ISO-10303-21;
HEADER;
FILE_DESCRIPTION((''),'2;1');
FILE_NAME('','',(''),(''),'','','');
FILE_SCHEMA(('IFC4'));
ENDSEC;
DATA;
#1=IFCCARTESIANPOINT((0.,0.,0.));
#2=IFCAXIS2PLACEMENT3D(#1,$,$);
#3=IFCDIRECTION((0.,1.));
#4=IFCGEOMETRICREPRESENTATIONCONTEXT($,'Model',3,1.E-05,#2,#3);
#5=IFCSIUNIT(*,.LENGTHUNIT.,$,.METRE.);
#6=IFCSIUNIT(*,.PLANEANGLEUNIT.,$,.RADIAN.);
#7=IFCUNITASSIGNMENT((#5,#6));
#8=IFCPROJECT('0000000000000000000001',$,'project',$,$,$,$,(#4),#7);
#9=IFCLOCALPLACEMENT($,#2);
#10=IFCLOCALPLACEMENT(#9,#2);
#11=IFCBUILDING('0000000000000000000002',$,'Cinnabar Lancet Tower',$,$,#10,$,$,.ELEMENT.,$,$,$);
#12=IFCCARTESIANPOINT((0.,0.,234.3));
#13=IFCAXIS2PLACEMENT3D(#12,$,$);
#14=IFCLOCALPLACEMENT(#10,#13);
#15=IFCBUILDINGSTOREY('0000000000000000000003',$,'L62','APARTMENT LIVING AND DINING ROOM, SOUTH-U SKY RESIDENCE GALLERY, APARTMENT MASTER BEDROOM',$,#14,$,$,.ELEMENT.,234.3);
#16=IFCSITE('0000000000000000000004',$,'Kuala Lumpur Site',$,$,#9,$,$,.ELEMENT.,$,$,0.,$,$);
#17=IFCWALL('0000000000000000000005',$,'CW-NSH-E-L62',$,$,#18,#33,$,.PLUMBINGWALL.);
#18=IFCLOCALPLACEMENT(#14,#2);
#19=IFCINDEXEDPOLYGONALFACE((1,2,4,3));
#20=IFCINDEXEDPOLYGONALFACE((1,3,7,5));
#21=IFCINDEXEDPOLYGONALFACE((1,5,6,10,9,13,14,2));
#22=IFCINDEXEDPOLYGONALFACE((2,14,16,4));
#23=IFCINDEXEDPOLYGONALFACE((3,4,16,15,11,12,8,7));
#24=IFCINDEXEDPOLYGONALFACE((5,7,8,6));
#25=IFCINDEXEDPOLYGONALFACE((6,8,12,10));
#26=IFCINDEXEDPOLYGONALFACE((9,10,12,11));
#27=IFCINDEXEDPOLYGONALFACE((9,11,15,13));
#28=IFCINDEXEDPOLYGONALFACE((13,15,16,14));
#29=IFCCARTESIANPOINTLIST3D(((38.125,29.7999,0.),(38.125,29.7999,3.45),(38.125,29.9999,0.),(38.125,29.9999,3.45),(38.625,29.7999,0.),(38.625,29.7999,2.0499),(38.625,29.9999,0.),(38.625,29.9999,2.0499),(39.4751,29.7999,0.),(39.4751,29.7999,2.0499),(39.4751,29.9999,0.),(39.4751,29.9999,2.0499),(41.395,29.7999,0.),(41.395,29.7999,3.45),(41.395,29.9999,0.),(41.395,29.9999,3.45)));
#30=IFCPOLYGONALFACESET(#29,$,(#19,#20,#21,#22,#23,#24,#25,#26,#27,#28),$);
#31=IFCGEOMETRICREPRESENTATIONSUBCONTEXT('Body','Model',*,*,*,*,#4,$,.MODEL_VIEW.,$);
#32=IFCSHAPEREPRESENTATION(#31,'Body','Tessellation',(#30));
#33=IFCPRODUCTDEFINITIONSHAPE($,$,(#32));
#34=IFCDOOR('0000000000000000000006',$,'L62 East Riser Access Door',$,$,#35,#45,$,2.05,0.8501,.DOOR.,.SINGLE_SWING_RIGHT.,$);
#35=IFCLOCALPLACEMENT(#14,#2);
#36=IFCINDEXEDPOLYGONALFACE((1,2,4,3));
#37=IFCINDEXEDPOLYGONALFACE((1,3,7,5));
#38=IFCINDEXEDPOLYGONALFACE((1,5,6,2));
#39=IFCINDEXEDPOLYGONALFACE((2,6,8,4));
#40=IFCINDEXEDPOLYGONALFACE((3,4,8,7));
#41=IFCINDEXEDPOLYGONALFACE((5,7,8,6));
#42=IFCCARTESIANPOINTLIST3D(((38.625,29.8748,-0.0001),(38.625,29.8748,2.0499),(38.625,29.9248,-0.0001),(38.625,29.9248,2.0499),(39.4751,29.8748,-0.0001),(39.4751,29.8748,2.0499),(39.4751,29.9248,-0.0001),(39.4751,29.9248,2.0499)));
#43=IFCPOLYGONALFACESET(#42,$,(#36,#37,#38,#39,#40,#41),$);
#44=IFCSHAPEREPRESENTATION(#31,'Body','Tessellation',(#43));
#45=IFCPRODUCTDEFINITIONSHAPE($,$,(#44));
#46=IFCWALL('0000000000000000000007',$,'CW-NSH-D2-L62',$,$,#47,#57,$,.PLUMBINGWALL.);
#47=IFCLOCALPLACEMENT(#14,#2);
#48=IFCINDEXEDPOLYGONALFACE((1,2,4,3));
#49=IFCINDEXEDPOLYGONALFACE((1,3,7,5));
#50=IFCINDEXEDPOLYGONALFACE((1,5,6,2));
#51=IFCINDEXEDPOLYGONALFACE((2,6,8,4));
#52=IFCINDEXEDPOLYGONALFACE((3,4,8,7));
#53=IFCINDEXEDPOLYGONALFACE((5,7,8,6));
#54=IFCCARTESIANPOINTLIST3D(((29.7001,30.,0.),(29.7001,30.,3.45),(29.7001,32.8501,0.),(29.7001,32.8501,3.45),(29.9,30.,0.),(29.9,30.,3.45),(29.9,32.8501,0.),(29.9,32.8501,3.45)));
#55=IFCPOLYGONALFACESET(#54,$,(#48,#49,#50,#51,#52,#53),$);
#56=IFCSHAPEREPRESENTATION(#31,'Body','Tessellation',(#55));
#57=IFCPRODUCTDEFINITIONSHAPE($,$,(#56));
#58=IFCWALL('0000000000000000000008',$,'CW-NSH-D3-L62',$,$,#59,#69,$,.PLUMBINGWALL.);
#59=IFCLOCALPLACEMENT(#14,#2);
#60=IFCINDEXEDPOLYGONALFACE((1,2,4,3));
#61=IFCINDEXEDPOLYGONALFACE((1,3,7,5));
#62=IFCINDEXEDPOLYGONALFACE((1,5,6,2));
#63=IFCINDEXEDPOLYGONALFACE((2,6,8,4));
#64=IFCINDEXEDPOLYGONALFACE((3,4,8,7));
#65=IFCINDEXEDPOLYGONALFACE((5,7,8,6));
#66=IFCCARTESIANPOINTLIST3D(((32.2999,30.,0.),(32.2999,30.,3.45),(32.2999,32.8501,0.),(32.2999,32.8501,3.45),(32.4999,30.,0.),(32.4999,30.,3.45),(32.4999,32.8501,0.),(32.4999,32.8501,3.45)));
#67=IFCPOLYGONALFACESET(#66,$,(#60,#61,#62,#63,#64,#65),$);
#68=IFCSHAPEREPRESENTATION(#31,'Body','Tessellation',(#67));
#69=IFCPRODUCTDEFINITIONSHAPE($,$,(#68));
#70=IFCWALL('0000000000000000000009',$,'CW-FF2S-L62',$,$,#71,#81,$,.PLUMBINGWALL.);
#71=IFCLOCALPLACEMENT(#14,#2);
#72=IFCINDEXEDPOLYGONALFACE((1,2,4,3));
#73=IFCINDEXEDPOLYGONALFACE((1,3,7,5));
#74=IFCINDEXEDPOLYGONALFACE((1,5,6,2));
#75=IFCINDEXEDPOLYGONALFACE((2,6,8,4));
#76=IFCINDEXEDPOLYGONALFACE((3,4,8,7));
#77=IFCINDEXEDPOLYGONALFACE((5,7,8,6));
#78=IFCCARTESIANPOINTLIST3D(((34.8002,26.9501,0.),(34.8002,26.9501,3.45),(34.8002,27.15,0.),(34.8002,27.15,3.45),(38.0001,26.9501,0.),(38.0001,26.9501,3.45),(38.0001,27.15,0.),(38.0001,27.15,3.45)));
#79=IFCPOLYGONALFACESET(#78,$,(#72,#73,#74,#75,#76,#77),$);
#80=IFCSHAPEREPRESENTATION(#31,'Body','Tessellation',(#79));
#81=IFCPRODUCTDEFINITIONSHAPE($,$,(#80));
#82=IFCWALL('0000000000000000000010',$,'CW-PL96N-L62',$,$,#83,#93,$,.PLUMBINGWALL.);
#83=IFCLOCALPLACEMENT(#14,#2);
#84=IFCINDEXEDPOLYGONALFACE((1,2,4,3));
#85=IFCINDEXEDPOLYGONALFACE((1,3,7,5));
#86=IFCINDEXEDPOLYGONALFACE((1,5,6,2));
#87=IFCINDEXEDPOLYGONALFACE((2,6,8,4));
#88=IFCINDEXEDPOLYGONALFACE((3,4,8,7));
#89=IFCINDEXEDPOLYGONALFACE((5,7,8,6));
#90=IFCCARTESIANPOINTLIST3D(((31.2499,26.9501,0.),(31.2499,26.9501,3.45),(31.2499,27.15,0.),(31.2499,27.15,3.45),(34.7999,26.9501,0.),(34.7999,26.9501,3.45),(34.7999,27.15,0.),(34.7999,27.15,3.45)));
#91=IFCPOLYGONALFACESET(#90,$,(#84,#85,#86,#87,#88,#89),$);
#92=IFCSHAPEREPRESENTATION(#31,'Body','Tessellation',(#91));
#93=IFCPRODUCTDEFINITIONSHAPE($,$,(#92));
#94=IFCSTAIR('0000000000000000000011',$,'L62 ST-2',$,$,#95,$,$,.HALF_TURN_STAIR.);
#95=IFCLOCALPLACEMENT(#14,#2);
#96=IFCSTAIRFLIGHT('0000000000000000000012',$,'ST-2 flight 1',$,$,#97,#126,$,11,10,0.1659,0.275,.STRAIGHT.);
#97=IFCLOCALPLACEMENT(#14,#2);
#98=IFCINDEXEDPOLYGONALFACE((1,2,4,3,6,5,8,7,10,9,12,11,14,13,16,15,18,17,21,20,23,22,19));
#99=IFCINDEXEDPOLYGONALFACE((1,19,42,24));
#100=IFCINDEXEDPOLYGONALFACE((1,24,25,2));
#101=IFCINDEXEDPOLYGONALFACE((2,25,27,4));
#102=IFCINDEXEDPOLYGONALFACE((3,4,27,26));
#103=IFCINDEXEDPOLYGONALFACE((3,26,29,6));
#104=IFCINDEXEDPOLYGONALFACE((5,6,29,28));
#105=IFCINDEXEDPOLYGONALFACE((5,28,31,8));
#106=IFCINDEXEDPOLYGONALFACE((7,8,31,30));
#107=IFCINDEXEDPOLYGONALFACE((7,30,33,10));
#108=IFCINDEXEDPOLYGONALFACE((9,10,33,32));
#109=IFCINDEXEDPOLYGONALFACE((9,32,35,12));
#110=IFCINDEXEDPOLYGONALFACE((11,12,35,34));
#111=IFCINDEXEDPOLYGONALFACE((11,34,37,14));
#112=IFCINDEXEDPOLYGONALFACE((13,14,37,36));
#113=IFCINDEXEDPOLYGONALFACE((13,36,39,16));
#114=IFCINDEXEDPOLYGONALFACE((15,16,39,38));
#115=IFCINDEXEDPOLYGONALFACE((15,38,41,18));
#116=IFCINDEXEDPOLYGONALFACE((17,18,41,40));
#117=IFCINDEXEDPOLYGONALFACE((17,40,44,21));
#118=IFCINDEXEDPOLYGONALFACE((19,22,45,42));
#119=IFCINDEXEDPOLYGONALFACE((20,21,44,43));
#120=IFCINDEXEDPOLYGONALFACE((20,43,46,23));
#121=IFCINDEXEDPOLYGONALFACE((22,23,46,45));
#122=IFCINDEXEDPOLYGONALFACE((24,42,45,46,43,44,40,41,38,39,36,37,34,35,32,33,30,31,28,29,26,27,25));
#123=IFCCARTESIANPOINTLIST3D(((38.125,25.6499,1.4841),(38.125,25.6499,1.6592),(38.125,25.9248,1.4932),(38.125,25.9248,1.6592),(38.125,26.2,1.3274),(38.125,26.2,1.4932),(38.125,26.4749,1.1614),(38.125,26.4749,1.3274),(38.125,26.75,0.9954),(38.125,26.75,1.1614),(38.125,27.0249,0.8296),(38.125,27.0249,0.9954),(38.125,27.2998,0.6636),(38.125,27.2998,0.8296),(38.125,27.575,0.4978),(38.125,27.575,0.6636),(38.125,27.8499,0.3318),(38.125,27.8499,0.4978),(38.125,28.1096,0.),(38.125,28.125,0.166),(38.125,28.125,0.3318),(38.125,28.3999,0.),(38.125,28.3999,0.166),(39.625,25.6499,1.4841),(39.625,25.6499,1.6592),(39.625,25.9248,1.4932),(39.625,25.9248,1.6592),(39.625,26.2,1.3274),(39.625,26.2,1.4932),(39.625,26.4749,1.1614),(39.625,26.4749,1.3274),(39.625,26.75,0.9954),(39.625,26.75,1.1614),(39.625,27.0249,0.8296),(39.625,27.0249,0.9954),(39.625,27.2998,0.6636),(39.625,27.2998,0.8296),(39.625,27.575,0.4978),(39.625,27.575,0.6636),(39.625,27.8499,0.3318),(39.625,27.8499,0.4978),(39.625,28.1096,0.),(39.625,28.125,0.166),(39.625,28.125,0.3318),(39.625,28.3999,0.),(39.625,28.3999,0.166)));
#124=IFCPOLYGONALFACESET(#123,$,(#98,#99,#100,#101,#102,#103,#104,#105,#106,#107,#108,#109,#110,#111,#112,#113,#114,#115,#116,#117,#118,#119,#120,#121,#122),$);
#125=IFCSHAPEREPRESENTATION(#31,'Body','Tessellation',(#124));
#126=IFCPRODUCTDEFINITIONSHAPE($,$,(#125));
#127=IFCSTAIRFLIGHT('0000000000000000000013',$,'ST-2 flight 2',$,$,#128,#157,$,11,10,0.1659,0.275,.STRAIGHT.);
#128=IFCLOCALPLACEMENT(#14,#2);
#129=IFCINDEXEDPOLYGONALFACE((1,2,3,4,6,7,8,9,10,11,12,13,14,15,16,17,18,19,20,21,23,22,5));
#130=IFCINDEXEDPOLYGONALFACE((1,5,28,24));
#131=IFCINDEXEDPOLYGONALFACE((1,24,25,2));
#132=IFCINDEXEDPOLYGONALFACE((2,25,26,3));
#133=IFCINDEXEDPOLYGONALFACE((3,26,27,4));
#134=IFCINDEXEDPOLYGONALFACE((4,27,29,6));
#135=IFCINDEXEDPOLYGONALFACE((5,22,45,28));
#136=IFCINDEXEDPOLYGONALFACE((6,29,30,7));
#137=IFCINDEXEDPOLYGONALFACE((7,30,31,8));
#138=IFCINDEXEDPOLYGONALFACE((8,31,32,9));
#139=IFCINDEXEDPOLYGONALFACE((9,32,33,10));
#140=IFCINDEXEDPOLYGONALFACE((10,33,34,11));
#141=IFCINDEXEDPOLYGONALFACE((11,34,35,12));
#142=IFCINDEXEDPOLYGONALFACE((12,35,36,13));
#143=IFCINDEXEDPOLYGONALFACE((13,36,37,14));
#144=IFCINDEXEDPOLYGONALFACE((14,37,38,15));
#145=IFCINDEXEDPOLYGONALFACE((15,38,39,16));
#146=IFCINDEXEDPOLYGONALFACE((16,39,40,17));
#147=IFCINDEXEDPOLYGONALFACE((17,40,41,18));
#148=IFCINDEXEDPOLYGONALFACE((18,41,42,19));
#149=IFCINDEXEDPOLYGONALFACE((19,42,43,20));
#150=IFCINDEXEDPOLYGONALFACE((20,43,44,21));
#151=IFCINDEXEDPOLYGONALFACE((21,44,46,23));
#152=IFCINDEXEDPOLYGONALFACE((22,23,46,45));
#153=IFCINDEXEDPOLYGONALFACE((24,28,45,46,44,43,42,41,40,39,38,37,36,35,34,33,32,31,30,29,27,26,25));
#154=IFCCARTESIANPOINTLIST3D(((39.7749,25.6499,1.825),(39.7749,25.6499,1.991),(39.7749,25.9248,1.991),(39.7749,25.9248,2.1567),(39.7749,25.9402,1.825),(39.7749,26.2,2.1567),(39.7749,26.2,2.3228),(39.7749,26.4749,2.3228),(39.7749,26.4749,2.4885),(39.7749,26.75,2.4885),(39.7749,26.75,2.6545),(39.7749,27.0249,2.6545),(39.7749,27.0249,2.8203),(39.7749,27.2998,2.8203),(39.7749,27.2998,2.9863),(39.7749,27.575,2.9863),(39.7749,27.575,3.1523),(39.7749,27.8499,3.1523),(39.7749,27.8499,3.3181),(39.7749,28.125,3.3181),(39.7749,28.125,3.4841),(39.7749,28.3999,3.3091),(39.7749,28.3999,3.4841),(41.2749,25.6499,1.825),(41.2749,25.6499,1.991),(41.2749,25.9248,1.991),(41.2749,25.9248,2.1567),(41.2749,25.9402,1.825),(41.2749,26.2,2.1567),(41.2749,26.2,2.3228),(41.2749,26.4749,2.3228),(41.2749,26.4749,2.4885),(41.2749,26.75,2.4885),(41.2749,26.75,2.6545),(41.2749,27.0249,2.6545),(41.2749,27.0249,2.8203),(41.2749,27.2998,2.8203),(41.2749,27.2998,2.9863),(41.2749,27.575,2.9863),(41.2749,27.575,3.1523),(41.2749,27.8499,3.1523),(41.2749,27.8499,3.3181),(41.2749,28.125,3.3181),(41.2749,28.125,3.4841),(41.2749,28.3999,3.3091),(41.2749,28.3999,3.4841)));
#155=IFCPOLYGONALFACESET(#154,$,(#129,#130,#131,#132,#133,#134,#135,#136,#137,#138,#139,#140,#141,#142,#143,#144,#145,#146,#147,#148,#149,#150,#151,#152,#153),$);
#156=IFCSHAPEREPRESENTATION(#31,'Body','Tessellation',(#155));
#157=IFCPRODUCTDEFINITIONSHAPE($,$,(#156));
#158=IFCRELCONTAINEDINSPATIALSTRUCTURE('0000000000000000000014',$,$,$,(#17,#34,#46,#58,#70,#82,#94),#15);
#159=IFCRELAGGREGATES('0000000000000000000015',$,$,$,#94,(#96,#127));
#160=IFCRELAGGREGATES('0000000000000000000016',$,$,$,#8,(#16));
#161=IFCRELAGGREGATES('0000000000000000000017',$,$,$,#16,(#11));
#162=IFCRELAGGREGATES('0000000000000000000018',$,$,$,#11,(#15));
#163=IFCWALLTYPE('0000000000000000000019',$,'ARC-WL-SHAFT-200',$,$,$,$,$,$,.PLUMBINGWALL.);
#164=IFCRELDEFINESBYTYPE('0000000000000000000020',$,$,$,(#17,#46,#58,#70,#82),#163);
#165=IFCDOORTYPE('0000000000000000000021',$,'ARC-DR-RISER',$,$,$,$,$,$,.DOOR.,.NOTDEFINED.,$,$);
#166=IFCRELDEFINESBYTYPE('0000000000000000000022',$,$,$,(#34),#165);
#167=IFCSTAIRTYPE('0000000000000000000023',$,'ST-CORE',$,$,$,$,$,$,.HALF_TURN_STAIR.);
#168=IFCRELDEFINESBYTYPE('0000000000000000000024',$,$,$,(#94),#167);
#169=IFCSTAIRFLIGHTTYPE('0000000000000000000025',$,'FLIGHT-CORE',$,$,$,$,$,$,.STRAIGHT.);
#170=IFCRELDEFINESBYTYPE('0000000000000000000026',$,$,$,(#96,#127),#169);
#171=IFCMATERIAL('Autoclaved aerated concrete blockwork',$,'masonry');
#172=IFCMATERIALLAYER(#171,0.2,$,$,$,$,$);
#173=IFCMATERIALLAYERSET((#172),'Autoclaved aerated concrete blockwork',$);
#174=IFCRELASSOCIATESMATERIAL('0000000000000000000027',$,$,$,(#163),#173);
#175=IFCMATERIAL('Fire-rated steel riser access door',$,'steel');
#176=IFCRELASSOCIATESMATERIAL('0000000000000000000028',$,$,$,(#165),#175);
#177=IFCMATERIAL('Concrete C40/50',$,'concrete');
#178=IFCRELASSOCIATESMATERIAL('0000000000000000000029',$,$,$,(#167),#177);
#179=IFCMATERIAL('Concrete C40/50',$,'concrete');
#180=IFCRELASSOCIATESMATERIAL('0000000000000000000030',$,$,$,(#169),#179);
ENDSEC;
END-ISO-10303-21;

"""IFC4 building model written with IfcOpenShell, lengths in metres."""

from ifc_helpers import new_model, si_unit, direction, frame, frame_2d, origin, place, context, subcontext, project, spatial, polyline, rectangle, outline, extrude, material, layer, layer_set, type_object, element, fill, aggregate, save


model = new_model("IFC4")

# Units and contexts
model_context = context("Model", 3, precision=1e-05, world=origin(), true_north=direction((0.0, 1.0)))
body_context = subcontext(model_context, "Body", "Model", "MODEL_VIEW")
ifc_project = project(units=[si_unit("LENGTHUNIT", "METRE"), si_unit("PLANEANGLEUNIT", "RADIAN")], contexts=[model_context])

# Site, building, storey
site_placement = place(None, origin())
site = spatial("IfcSite", under=ifc_project, at=site_placement, Name="Kuala Lumpur Site", CompositionType="ELEMENT", RefElevation=0.0)
building_placement = place(site_placement, origin())
building = spatial("IfcBuilding", under=site, at=building_placement, Name="Cinnabar Lancet Tower", CompositionType="ELEMENT")
storey_placement = place(building_placement, frame((0.0, 0.0, 234.3)))
storey = spatial("IfcBuildingStorey", under=building, at=storey_placement, Name="L62", Description="APARTMENT LIVING AND DINING ROOM, SOUTH-U SKY RESIDENCE GALLERY, APARTMENT MASTER BEDROOM", CompositionType="ELEMENT", Elevation=234.3)

# Shared definitions
ifc_material_1 = material(Name="Autoclaved aerated concrete blockwork", Category="masonry")
ifc_layer = layer(ifc_material_1, 0.2)
ifc_layer_set = layer_set([ifc_layer], Name="Autoclaved aerated concrete blockwork")
wall_type = type_object("IfcWallType", Name="ARC-WL-SHAFT-200", PredefinedType="PLUMBINGWALL", material=ifc_layer_set)

# Wall, opening, door
wall_1_placement = place(storey_placement, frame((38.125, 29.8999, 0.0), z_axis=(0.0, 0.0, 1.0), x_axis=(1.0, 0.0, 0.0)))
wall_1 = element("IfcWall", 1, at=wall_1_placement, inside=storey, type_object=wall_type, Name="CW-NSH-E-L62", PredefinedType="PLUMBINGWALL", context=body_context, shape_type="SweptSolid", body=[
    extrude(rectangle(XDim=3.27, YDim=0.2, at=frame_2d((1.635, 0.0))), origin(), (0.0, 0.0, 1.0), 3.45),
])
opening_1_placement = place(wall_1_placement, frame((0.5, 0.0, 0.0)))
opening_1 = element("IfcOpeningElement", 2, at=opening_1_placement, cuts=wall_1, PredefinedType="OPENING", context=body_context, shape_type="SweptSolid", body=[
    extrude(rectangle(XDim=0.8501, YDim=2.05, at=frame_2d((0.425, 1.0249))), frame((0.0, 0.1099, 0.0), z_axis=(0.0, -1.0, 0.0), x_axis=(1.0, 0.0, 0.0)), (0.0, 0.0, 1.0), 0.22),
])
ifc_material_2 = material(Name="Fire-rated steel riser access door", Category="steel")
door_type_1 = type_object("IfcDoorType", Name="ARC-DR-RISER", OperationType="NOTDEFINED", PredefinedType="DOOR", material=ifc_material_2)
door_1_placement = place(opening_1_placement, origin())
door_1 = element("IfcDoor", 3, at=door_1_placement, inside=storey, type_object=door_type_1, Name="L62 East Riser Access Door", OperationType="SINGLE_SWING_RIGHT", OverallHeight=2.05, OverallWidth=0.8501, PredefinedType="DOOR", context=body_context, shape_type="SweptSolid", body=[
    extrude(rectangle(XDim=0.8501, YDim=2.05, at=frame_2d((0.425, 1.0249))), frame((0.0, 0.0249, 0.0), z_axis=(0.0, -1.0, 0.0), x_axis=(1.0, 0.0, 0.0)), (0.0, 0.0, 1.0), 0.05),
])
fill(opening_1, door_1)

# Walls
for number, where, z_axis, x_axis, name in (
    (4, (29.8, 30.0, 0.0), (0.0, 0.0, 1.0), (0.0, 1.0, 0.0), "CW-NSH-D2-L62"),
    (5, (32.3999, 30.0, 0.0), (0.0, 0.0, 1.0), (0.0, 1.0, 0.0), "CW-NSH-D3-L62"),
):
    element("IfcWall", number, at=place(storey_placement, frame(where, z_axis=z_axis, x_axis=x_axis)), inside=storey, type_object=wall_type, Name=name, PredefinedType="PLUMBINGWALL", context=body_context, shape_type="SweptSolid", body=[
        extrude(rectangle(XDim=2.8501, YDim=0.2, at=frame_2d((1.425, 0.0))), origin(), (0.0, 0.0, 1.0), 3.45),
    ])

# Walls
wall_2_placement = place(storey_placement, frame((34.8, 27.05, 0.0), z_axis=(0.0, 0.0, 1.0), x_axis=(1.0, 0.0, 0.0)))
element("IfcWall", 6, at=wall_2_placement, inside=storey, type_object=wall_type, Name="CW-FF2S-L62", PredefinedType="PLUMBINGWALL", context=body_context, shape_type="SweptSolid", body=[
    extrude(rectangle(XDim=3.2, YDim=0.2, at=frame_2d((1.6001, 0.0))), origin(), (0.0, 0.0, 1.0), 3.45),
])
wall_3_placement = place(storey_placement, frame((31.25, 27.05, 0.0), z_axis=(0.0, 0.0, 1.0), x_axis=(1.0, 0.0, 0.0)))
element("IfcWall", 7, at=wall_3_placement, inside=storey, type_object=wall_type, Name="CW-PL96N-L62", PredefinedType="PLUMBINGWALL", context=body_context, shape_type="SweptSolid", body=[
    extrude(rectangle(XDim=3.55, YDim=0.2, at=frame_2d((1.7749, 0.0))), origin(), (0.0, 0.0, 1.0), 3.45),
])

# Stair, stair flights
ifc_material_3 = material(Name="Concrete C40/50", Category="concrete")
stair_type = type_object("IfcStairType", Name="ST-CORE", PredefinedType="HALF_TURN_STAIR", material=ifc_material_3)
stair_placement = place(storey_placement, origin())
stair = element("IfcStair", 8, at=stair_placement, inside=storey, type_object=stair_type, Name="L62 ST-2", PredefinedType="HALF_TURN_STAIR")
ifc_material_4 = material(Name="Concrete C40/50", Category="concrete")
stair_flight_type = type_object("IfcStairFlightType", Name="FLIGHT-CORE", PredefinedType="STRAIGHT", material=ifc_material_4)
stair_flight_1_placement = place(storey_placement, frame((38.875, 28.3999, 0.0), z_axis=(0.0, 0.0, 1.0), x_axis=(0.0, -1.0, 0.0)))
stair_flight_1 = element("IfcStairFlight", 9, at=stair_flight_1_placement, type_object=stair_flight_type, Name="ST-2 flight 1", NumberOfRisers=11, NumberOfTreads=10, PredefinedType="STRAIGHT", RiserHeight=0.1659, TreadLength=0.275, context=body_context, shape_type="SweptSolid", body=[
    extrude(outline(polyline([(0.0, 0.0), (0.0, 0.166), (0.2749, 0.166), (0.2749, 0.3318), (0.55, 0.3318), (0.55, 0.4978), (0.825, 0.4978), (0.825, 0.6636), (1.1001, 0.6636), (1.1001, 0.8296), (1.375, 0.8296), (1.375, 0.9954), (1.6499, 0.9954), (1.6499, 1.1614), (1.925, 1.1614), (1.925, 1.3274), (2.2, 1.3274), (2.2, 1.4932), (2.4751, 1.4932), (2.4751, 1.6592), (2.75, 1.6592), (2.75, 1.825), (2.75, 1.4841), (0.2903, 0.0), (0.0, 0.0)])), frame((0.0, 0.75, 0.0), z_axis=(0.0, -1.0, 0.0), x_axis=(1.0, 0.0, 0.0)), (0.0, 0.0, 1.0), 1.5),
])
stair_flight_2_placement = place(storey_placement, frame((40.5249, 25.6499, 1.825), z_axis=(0.0, 0.0, 1.0), x_axis=(0.0, 1.0, 0.0)))
stair_flight_2 = element("IfcStairFlight", 10, at=stair_flight_2_placement, type_object=stair_flight_type, Name="ST-2 flight 2", NumberOfRisers=11, NumberOfTreads=10, PredefinedType="STRAIGHT", RiserHeight=0.1659, TreadLength=0.275, context=body_context, shape_type="SweptSolid", body=[
    extrude(outline(polyline([(0.0, 0.0), (0.0, 0.166), (0.2749, 0.166), (0.2749, 0.3318), (0.55, 0.3318), (0.55, 0.4978), (0.825, 0.4978), (0.825, 0.6636), (1.1001, 0.6636), (1.1001, 0.8296), (1.375, 0.8296), (1.375, 0.9954), (1.6499, 0.9954), (1.6499, 1.1614), (1.925, 1.1614), (1.925, 1.3274), (2.2, 1.3274), (2.2, 1.4932), (2.4751, 1.4932), (2.4751, 1.6592), (2.75, 1.6592), (2.75, 1.825), (2.75, 1.4841), (0.2903, 0.0), (0.0, 0.0)])), frame((0.0, 0.75, 0.0), z_axis=(0.0, -1.0, 0.0), x_axis=(1.0, 0.0, 0.0)), (0.0, 0.0, 1.0), 1.5),
])
aggregate(stair, [stair_flight_1, stair_flight_2])

save(model, "model.ifc")
